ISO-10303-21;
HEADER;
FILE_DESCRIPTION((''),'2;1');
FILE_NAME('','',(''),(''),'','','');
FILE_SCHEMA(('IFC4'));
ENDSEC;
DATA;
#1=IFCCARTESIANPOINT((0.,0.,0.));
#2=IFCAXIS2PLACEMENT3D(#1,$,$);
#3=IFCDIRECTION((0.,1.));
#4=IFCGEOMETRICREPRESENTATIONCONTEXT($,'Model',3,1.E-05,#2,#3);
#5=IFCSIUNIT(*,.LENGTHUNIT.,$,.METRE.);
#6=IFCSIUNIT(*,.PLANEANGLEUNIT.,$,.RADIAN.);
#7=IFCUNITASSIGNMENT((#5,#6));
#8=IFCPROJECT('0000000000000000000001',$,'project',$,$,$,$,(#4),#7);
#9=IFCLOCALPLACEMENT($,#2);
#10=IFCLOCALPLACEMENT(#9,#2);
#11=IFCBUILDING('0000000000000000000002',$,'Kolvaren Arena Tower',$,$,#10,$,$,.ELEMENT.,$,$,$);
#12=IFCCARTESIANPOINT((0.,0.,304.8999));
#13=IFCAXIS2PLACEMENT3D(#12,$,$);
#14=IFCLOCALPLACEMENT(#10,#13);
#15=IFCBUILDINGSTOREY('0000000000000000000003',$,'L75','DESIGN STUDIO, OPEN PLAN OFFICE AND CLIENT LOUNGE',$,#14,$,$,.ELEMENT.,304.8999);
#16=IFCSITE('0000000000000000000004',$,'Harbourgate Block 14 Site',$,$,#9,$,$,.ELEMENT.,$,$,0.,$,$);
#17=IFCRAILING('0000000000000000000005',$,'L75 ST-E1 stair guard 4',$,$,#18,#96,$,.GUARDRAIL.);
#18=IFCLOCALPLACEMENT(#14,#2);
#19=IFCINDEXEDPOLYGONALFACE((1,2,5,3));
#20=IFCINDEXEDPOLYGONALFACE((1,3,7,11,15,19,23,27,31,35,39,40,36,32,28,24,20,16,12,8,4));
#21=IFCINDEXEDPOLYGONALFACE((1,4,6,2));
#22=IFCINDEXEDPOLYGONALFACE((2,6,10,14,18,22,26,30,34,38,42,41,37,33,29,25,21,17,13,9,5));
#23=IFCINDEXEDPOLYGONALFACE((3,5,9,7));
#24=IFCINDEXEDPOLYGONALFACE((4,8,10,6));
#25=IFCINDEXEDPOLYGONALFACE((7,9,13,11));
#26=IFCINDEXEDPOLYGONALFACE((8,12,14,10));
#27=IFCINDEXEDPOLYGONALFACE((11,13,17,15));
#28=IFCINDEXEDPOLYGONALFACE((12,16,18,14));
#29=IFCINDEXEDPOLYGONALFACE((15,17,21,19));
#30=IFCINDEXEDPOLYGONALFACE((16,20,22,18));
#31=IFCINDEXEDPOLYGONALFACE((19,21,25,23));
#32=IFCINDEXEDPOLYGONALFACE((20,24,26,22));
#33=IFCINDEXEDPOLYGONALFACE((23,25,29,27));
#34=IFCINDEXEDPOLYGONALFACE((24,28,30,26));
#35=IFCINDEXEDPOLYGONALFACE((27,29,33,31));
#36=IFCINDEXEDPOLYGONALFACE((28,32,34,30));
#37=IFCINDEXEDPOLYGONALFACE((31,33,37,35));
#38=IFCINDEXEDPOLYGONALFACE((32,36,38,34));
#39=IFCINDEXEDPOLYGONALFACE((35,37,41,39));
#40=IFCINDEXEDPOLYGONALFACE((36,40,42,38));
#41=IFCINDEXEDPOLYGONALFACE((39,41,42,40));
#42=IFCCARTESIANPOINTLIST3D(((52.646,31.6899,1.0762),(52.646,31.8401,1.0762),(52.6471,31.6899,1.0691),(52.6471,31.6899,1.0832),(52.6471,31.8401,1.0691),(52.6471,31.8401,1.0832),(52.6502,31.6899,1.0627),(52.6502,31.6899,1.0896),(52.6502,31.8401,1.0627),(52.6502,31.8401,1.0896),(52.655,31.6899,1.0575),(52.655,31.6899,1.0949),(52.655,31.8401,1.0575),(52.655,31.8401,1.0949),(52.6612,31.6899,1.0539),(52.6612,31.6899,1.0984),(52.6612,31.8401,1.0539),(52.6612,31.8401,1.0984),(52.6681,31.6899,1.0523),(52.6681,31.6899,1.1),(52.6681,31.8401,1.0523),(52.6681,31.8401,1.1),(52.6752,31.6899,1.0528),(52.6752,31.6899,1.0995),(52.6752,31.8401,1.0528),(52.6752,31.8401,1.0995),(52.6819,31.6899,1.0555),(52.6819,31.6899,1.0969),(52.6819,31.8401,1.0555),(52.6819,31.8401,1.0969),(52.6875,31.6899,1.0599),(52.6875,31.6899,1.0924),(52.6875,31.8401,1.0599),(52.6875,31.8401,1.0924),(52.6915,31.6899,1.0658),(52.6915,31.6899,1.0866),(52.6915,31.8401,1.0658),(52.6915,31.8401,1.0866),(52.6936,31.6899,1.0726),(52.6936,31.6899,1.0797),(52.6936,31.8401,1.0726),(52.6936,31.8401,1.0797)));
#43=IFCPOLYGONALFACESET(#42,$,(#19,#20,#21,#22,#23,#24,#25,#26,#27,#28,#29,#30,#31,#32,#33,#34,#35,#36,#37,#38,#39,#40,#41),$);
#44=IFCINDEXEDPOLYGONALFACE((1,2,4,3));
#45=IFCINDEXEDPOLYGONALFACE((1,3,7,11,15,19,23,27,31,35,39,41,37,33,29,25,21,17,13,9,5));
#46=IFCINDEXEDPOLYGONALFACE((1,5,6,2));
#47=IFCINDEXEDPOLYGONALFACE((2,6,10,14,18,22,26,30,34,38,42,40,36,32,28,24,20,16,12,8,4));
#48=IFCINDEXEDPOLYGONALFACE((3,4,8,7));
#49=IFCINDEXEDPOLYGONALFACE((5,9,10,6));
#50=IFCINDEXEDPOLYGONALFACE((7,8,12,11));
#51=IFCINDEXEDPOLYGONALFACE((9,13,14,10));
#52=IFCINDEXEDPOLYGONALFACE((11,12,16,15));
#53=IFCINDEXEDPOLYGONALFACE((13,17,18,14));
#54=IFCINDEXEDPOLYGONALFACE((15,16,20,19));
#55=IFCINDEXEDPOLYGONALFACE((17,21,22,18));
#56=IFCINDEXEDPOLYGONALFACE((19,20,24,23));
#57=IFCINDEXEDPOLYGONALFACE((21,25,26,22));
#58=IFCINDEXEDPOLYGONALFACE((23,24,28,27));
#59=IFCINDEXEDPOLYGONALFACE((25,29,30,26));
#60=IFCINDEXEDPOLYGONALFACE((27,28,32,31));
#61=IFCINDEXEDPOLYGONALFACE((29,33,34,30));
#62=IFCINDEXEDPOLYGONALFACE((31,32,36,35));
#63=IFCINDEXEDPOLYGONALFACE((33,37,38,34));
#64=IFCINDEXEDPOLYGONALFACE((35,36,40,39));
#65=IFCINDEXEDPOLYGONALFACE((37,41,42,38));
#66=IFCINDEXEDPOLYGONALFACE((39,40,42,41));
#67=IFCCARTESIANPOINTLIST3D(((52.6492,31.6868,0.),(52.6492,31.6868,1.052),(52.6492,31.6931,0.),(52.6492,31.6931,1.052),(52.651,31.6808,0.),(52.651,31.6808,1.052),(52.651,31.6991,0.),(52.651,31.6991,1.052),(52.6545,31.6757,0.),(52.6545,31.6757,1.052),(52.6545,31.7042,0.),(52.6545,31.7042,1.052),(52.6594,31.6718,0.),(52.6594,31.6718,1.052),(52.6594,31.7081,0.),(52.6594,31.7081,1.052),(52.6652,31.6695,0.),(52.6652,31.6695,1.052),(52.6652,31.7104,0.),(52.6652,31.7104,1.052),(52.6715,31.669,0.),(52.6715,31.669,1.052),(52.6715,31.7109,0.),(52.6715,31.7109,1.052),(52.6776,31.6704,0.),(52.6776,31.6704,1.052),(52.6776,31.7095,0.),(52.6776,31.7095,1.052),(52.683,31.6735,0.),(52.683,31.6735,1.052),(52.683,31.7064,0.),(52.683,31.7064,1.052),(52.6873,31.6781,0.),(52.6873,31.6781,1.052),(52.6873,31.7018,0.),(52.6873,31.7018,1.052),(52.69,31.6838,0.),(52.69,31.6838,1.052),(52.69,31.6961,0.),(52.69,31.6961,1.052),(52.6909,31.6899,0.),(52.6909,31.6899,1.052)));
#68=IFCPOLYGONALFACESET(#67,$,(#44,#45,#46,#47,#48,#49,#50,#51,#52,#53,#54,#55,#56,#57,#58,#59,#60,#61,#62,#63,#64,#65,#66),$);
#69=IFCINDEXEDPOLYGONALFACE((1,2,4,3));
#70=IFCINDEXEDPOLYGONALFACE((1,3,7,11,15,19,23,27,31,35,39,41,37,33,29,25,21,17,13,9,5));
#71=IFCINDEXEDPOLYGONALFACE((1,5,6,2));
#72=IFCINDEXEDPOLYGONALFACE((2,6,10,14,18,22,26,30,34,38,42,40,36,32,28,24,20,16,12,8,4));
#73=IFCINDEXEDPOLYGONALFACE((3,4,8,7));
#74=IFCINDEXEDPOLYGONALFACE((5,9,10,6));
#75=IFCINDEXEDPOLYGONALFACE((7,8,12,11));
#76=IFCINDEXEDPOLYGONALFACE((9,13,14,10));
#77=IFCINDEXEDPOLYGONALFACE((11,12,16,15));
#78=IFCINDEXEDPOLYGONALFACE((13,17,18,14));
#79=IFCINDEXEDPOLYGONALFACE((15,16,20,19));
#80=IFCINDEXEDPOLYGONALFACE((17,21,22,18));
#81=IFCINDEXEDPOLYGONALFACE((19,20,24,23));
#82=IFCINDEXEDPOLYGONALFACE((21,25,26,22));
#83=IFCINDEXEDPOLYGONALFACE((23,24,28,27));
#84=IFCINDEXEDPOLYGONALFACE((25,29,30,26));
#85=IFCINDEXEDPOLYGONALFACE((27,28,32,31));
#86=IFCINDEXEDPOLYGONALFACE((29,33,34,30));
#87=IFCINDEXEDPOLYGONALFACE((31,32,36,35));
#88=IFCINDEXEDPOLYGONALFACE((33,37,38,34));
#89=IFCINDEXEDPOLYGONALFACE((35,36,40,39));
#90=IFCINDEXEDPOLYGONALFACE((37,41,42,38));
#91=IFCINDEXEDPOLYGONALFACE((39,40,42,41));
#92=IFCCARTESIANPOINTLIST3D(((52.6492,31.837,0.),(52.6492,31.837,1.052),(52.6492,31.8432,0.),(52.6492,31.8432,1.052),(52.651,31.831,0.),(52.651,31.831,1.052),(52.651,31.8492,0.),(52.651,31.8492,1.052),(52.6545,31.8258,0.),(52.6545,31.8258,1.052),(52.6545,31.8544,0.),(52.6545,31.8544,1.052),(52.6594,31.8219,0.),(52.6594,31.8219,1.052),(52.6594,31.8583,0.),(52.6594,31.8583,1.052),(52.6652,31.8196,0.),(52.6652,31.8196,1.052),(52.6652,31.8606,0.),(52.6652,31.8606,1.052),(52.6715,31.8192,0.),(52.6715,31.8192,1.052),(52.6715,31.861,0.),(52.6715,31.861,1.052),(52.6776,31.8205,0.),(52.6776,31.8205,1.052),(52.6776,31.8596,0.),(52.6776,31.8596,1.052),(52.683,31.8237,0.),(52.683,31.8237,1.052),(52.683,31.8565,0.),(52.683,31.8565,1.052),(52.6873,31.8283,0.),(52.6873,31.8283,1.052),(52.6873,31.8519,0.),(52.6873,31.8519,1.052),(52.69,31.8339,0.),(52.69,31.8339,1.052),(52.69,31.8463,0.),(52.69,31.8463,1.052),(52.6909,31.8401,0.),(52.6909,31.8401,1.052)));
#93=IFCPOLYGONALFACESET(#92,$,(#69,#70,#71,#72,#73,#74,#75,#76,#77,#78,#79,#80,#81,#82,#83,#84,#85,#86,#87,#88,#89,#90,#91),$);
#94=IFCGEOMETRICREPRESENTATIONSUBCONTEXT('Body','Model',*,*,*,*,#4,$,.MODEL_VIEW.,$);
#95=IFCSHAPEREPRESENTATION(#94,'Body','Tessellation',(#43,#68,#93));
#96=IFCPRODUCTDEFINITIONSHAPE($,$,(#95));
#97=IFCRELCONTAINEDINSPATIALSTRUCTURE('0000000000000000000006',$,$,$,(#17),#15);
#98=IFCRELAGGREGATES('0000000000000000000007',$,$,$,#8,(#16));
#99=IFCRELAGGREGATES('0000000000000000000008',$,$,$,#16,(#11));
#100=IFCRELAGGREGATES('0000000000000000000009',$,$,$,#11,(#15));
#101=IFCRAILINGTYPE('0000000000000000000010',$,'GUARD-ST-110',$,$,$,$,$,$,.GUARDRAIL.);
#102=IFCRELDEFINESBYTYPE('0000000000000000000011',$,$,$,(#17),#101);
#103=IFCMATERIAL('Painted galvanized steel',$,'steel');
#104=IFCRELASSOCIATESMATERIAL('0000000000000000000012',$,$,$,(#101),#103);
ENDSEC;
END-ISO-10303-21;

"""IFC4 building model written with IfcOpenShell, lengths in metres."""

from ifc_helpers import new_model, si_unit, direction, frame, origin, origin_2d, place, context, subcontext, project, spatial, circle, extrude, material, type_object, element, save


model = new_model("IFC4")

# Units and contexts
model_context = context("Model", 3, precision=1e-05, world=origin(), true_north=direction((0.0, 1.0)))
body_context = subcontext(model_context, "Body", "Model", "MODEL_VIEW")
ifc_project = project(units=[si_unit("LENGTHUNIT", "METRE"), si_unit("PLANEANGLEUNIT", "RADIAN")], contexts=[model_context])

# Site, building, storey
site_placement = place(None, origin())
site = spatial("IfcSite", under=ifc_project, at=site_placement, Name="Harbourgate Block 14 Site", CompositionType="ELEMENT", RefElevation=0.0)
building_placement = place(site_placement, origin())
building = spatial("IfcBuilding", under=site, at=building_placement, Name="Kolvaren Arena Tower", CompositionType="ELEMENT")
storey_placement = place(building_placement, frame((0.0, 0.0, 304.8999)))
storey = spatial("IfcBuildingStorey", under=building, at=storey_placement, Name="L75", Description="DESIGN STUDIO, OPEN PLAN OFFICE AND CLIENT LOUNGE", CompositionType="ELEMENT", Elevation=304.8999)

# Railing
ifc_material_1 = material(Name="Painted galvanized steel", Category="steel")
railing_type_1 = type_object("IfcRailingType", Name="GUARD-ST-110", PredefinedType="GUARDRAIL", material=ifc_material_1)
railing_1_placement = place(storey_placement, frame((52.6699, 31.6899, 0.0)))
element("IfcRailing", 1, at=railing_1_placement, inside=storey, type_object=railing_type_1, Name="L75 ST-E1 stair guard 4", PredefinedType="GUARDRAIL", context=body_context, shape_type="SweptSolid", body=[
    extrude(circle(Radius=0.0239, at=origin_2d()), frame((0.0, 0.0, 1.0762), z_axis=(0.0, 1.0, 0.0), x_axis=(-1.0, 0.0, 0.0)), (0.0, 0.0, 1.0), 0.1501),
    extrude(circle(Radius=0.021, at=origin_2d()), origin(), (0.0, 0.0, 1.0), 1.052),
    extrude(circle(Radius=0.021, at=origin_2d()), frame((0.0, 0.1501, 0.0)), (0.0, 0.0, 1.0), 1.052),
])

save(model, "model.ifc")
